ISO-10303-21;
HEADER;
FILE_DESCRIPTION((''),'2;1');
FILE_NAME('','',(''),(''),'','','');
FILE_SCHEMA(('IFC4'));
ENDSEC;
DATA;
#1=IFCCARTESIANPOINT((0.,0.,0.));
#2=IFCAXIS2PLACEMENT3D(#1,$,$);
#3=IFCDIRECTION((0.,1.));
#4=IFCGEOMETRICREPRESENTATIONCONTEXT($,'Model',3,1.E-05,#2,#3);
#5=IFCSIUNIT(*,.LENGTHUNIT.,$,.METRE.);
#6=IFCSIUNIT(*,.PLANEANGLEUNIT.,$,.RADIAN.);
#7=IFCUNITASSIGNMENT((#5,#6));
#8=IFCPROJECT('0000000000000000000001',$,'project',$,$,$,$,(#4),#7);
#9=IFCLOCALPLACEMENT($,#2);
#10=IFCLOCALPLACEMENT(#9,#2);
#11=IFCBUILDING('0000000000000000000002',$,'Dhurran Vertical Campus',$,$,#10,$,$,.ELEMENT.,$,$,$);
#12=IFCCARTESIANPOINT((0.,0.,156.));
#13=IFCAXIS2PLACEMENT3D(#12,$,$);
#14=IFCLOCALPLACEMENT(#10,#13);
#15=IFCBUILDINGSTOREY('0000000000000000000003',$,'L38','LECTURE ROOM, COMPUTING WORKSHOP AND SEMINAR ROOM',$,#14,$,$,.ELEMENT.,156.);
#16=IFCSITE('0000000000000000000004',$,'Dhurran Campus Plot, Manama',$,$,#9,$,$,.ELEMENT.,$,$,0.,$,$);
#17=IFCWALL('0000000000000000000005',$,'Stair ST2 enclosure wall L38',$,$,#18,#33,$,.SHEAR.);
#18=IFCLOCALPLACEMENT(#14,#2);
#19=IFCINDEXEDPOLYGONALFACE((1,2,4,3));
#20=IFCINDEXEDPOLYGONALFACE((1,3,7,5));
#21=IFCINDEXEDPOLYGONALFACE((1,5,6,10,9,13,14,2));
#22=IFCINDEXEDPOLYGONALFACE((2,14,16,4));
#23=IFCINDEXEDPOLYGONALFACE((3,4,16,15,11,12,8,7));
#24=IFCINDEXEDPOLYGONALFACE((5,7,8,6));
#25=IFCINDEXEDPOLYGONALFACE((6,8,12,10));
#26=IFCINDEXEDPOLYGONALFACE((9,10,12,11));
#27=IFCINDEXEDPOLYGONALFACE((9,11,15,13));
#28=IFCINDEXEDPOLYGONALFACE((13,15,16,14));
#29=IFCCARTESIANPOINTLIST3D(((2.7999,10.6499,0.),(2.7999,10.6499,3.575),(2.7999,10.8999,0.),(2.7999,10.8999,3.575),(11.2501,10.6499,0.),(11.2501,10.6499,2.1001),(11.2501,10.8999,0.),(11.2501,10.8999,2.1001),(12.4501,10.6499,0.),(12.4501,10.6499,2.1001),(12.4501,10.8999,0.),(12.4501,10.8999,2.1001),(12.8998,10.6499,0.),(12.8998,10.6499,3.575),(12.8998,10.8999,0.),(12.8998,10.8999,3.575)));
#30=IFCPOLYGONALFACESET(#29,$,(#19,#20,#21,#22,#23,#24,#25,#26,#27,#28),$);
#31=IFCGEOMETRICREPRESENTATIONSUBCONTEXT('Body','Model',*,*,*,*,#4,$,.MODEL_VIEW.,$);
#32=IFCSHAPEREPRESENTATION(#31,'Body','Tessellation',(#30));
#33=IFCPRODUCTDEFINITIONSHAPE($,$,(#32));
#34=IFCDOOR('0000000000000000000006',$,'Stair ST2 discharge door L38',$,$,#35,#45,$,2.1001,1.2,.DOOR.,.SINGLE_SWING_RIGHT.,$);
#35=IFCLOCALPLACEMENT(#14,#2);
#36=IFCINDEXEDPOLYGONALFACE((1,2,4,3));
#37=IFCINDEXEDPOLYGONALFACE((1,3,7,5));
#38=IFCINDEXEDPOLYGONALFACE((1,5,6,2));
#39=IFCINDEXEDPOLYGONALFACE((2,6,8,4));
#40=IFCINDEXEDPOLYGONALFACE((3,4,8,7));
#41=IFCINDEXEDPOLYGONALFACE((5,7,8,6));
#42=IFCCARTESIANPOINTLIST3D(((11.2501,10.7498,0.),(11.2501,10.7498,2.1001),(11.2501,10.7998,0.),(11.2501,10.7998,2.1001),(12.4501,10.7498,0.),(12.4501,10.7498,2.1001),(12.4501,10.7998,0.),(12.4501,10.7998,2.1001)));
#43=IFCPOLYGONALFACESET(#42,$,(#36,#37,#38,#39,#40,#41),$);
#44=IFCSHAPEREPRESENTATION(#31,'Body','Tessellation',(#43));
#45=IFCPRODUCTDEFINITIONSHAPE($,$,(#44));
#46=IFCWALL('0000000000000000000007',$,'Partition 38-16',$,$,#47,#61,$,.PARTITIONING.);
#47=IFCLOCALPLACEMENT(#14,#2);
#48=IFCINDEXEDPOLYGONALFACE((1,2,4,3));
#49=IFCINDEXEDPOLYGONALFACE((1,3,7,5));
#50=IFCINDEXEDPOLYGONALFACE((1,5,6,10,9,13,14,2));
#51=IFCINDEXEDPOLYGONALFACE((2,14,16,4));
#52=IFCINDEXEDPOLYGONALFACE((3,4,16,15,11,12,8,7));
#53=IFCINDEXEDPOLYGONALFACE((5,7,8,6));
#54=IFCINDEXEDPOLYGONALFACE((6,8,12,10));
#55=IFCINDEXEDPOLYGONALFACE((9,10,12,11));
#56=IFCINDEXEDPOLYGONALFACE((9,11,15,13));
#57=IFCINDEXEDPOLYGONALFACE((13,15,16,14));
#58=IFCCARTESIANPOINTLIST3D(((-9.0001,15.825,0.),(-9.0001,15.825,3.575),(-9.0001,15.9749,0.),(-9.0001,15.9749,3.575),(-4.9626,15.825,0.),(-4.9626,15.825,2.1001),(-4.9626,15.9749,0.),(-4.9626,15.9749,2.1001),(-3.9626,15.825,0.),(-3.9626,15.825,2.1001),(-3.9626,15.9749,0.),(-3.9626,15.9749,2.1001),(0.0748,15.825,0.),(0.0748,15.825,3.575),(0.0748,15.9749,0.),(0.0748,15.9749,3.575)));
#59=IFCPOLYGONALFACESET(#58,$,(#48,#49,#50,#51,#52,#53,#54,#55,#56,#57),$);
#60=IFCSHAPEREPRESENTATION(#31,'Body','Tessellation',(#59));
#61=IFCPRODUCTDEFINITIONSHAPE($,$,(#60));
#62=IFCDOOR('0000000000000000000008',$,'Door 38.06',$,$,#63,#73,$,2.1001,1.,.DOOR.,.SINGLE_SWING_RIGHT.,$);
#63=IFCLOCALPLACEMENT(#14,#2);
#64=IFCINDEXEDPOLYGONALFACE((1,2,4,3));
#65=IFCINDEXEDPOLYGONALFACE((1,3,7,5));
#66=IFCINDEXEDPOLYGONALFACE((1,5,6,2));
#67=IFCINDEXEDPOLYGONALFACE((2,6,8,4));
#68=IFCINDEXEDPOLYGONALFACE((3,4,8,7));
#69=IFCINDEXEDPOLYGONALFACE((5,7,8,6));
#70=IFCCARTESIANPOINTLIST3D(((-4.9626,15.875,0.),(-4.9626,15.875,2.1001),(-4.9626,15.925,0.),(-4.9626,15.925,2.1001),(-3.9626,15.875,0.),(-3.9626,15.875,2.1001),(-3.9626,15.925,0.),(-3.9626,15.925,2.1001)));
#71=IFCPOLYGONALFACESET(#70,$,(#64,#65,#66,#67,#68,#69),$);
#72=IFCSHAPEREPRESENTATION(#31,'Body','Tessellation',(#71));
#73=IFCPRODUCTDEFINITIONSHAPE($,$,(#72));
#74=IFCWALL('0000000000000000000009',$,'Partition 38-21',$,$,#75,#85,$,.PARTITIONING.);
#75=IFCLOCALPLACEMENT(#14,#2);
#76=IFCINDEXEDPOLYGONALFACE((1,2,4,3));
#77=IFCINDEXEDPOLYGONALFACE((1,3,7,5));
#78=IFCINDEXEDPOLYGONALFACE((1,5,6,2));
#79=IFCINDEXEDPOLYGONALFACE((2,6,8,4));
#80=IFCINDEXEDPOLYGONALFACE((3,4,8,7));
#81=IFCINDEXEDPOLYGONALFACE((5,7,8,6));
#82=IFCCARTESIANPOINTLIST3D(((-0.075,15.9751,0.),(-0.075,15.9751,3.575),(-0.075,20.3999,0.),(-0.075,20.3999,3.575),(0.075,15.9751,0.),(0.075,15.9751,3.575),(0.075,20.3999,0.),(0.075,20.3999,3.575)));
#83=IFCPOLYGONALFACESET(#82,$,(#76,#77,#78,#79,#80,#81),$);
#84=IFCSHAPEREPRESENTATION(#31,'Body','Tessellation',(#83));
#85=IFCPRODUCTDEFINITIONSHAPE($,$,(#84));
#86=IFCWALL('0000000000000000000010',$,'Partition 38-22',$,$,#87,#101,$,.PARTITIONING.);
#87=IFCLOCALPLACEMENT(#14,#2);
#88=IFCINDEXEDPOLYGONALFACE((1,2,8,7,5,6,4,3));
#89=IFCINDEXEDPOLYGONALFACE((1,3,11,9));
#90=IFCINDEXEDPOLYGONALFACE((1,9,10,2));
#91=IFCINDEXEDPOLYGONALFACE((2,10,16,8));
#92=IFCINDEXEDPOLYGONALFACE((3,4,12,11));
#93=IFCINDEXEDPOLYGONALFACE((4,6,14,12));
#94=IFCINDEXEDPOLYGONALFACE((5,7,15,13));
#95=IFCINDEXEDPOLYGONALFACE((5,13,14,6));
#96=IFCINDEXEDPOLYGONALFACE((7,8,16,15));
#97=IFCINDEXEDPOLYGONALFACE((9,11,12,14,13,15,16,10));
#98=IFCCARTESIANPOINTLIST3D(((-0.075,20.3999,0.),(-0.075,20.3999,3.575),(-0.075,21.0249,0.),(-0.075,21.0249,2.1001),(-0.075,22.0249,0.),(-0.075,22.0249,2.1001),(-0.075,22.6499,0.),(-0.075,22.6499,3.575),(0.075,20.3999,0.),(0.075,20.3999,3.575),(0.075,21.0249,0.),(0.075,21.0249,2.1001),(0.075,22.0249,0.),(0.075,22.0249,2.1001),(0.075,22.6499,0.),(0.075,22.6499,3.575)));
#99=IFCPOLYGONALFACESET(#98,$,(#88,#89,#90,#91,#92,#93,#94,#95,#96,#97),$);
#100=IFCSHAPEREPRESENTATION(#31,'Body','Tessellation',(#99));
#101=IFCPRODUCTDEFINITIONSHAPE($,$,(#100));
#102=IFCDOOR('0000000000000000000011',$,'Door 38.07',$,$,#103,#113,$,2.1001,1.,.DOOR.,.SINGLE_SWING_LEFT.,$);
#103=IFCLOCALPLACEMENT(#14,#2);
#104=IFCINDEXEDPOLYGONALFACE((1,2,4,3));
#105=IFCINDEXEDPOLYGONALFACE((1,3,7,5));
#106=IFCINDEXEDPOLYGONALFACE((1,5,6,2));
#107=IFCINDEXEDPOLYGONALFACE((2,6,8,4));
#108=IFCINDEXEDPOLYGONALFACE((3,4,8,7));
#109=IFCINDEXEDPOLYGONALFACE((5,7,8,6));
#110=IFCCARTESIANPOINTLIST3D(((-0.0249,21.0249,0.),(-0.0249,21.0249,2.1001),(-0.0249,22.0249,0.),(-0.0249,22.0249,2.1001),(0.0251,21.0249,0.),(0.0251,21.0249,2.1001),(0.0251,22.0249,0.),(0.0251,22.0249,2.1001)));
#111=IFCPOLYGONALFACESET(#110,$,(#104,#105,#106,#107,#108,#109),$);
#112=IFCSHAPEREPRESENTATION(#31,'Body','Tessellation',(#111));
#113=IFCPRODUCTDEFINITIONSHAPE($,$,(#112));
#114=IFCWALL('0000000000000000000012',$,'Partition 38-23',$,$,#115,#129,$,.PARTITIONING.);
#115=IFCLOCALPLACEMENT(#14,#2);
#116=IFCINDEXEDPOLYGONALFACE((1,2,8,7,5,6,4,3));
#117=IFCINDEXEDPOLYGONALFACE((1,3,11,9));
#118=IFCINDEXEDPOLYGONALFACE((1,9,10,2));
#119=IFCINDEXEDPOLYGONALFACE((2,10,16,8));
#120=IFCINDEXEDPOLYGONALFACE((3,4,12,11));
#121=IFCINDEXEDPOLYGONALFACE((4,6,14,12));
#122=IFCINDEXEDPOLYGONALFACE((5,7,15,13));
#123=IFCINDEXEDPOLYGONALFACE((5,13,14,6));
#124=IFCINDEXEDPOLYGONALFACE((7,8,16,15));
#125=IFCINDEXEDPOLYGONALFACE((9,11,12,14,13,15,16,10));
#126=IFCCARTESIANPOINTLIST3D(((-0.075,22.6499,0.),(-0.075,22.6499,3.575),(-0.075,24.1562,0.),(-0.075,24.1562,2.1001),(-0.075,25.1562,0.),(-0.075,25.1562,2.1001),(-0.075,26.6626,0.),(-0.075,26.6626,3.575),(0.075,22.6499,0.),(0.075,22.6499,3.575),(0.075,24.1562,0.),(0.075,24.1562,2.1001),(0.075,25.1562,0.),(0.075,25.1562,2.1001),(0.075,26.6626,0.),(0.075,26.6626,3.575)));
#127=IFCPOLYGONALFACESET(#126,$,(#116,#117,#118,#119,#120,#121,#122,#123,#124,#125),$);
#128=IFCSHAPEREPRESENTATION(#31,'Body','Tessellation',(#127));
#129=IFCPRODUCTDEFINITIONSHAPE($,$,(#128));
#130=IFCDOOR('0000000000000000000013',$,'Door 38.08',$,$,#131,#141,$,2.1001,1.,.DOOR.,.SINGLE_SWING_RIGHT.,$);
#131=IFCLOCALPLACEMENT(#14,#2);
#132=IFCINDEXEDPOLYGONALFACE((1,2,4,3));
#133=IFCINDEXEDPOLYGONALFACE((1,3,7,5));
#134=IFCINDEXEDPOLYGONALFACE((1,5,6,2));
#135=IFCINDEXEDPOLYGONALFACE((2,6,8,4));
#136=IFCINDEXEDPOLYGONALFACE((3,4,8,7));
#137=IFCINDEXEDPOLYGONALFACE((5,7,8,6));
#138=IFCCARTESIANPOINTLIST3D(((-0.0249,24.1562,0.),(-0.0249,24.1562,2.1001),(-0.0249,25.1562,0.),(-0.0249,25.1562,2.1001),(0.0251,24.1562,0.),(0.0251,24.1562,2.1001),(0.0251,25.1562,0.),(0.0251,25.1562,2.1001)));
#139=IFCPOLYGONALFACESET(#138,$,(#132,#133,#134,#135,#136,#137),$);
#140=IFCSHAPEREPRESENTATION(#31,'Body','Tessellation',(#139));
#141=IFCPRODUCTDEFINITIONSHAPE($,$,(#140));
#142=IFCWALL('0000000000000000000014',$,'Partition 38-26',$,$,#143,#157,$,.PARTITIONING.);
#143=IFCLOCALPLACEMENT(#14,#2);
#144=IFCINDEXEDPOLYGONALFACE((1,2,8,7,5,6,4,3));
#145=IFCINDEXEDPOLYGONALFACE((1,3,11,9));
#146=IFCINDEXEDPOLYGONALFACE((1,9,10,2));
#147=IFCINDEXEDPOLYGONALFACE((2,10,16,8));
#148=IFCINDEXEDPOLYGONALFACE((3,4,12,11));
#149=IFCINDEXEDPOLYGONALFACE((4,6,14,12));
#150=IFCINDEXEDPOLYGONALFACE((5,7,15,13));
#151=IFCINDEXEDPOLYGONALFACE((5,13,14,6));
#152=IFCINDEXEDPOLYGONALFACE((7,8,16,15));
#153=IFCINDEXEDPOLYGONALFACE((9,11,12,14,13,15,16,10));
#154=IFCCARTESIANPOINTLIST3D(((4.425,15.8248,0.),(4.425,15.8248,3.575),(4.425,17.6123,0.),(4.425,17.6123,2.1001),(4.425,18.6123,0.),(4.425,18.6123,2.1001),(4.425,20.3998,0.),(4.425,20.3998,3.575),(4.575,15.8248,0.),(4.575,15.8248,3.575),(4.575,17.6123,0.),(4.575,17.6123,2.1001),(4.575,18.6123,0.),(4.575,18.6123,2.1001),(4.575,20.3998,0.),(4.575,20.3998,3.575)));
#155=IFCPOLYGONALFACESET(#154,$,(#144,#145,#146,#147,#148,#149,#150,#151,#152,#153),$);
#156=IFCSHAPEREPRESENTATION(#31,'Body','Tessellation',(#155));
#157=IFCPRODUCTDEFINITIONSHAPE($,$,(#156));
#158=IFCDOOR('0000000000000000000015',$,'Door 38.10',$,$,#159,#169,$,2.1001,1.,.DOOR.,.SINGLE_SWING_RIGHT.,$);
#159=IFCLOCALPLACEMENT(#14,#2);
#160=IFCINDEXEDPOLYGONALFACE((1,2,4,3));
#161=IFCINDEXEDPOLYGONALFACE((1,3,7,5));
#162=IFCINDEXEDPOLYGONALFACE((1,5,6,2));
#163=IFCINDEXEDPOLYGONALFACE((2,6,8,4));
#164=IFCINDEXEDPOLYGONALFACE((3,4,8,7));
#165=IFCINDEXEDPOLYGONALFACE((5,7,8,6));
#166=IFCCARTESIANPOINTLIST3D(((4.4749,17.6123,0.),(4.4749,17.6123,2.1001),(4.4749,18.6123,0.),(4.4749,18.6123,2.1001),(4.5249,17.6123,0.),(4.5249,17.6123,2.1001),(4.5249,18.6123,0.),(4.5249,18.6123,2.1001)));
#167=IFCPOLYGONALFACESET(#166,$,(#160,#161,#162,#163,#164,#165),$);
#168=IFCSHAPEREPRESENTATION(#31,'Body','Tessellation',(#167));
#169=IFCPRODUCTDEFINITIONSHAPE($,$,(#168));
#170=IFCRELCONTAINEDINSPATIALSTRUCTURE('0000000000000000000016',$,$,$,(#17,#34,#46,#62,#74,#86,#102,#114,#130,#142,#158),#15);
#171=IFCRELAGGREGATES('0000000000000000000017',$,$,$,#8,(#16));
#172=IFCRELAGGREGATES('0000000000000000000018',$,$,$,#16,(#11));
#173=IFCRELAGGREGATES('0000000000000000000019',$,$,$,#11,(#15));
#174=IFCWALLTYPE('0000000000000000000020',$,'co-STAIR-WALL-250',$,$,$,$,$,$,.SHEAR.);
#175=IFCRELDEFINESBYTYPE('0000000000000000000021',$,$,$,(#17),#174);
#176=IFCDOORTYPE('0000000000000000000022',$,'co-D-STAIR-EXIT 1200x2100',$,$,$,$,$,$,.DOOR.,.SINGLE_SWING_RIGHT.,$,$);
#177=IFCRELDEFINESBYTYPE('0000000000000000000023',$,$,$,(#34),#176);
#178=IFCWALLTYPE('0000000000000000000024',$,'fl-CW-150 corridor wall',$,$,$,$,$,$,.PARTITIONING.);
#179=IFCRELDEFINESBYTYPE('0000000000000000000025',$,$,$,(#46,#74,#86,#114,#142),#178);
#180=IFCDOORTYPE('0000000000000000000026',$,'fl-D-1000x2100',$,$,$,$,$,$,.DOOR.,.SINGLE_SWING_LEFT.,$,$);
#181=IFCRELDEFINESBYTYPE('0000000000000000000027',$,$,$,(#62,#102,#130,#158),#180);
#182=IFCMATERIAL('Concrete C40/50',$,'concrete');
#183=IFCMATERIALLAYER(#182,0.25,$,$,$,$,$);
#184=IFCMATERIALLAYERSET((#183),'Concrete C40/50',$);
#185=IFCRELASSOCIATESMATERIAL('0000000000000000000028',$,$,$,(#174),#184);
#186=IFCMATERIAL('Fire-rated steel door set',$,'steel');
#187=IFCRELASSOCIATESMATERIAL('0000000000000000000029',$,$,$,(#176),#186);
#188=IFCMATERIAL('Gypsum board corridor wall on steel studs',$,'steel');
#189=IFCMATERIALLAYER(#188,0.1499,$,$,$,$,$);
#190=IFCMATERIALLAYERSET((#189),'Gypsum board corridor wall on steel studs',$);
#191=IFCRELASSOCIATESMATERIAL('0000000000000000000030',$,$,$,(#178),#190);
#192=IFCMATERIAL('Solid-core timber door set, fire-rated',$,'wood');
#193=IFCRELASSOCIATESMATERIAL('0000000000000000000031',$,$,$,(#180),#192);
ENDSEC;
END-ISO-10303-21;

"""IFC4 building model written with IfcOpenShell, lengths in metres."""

from ifc_helpers import new_model, si_unit, direction, frame, frame_2d, origin, place, context, subcontext, project, spatial, rectangle, extrude, material, layer, layer_set, type_object, element, fill, save


model = new_model("IFC4")

# Units and contexts
model_context = context("Model", 3, precision=1e-05, world=origin(), true_north=direction((0.0, 1.0)))
body_context = subcontext(model_context, "Body", "Model", "MODEL_VIEW")
ifc_project = project(units=[si_unit("LENGTHUNIT", "METRE"), si_unit("PLANEANGLEUNIT", "RADIAN")], contexts=[model_context])

# Site, building, storey
site_placement = place(None, origin())
site = spatial("IfcSite", under=ifc_project, at=site_placement, Name="Dhurran Campus Plot, Manama", CompositionType="ELEMENT", RefElevation=0.0)
building_placement = place(site_placement, origin())
building = spatial("IfcBuilding", under=site, at=building_placement, Name="Dhurran Vertical Campus", CompositionType="ELEMENT")
storey_placement = place(building_placement, frame((0.0, 0.0, 156.0)))
storey = spatial("IfcBuildingStorey", under=building, at=storey_placement, Name="L38", Description="LECTURE ROOM, COMPUTING WORKSHOP AND SEMINAR ROOM", CompositionType="ELEMENT", Elevation=156.0)

# Walls, openings, doors
ifc_material_1 = material(Name="Concrete C40/50", Category="concrete")
ifc_layer_1 = layer(ifc_material_1, 0.25)
ifc_layer_set_1 = layer_set([ifc_layer_1], Name="Concrete C40/50")
wall_type_1 = type_object("IfcWallType", Name="co-STAIR-WALL-250", PredefinedType="SHEAR", material=ifc_layer_set_1)
wall_1_placement = place(storey_placement, frame((2.8, 10.7749, 0.0), z_axis=(0.0, 0.0, 1.0), x_axis=(1.0, 0.0, 0.0)))
wall_1 = element("IfcWall", 1, at=wall_1_placement, inside=storey, type_object=wall_type_1, Name="Stair ST2 enclosure wall L38", PredefinedType="SHEAR", context=body_context, shape_type="SweptSolid", body=[
    extrude(rectangle(XDim=10.0999, YDim=0.25, at=frame_2d((5.0498, 0.0))), origin(), (0.0, 0.0, 1.0), 3.575),
])
opening_1_placement = place(wall_1_placement, frame((8.45, 0.0, 0.0)))
opening_1 = element("IfcOpeningElement", 2, at=opening_1_placement, cuts=wall_1, PredefinedType="OPENING", context=body_context, shape_type="SweptSolid", body=[
    extrude(rectangle(XDim=1.2, YDim=2.1001, at=frame_2d((0.6001, 1.05))), frame((0.0, 0.135, 0.0), z_axis=(0.0, -1.0, 0.0), x_axis=(1.0, 0.0, 0.0)), (0.0, 0.0, 1.0), 0.27),
])
ifc_material_2 = material(Name="Fire-rated steel door set", Category="steel")
door_type_1 = type_object("IfcDoorType", Name="co-D-STAIR-EXIT 1200x2100", OperationType="SINGLE_SWING_RIGHT", PredefinedType="DOOR", material=ifc_material_2)
door_1_placement = place(opening_1_placement, origin())
door_1 = element("IfcDoor", 3, at=door_1_placement, inside=storey, type_object=door_type_1, Name="Stair ST2 discharge door L38", OperationType="SINGLE_SWING_RIGHT", OverallHeight=2.1001, OverallWidth=1.2, PredefinedType="DOOR", context=body_context, shape_type="SweptSolid", body=[
    extrude(rectangle(XDim=1.2, YDim=2.1001, at=frame_2d((0.6001, 1.05))), frame((0.0, 0.0249, 0.0), z_axis=(0.0, -1.0, 0.0), x_axis=(1.0, 0.0, 0.0)), (0.0, 0.0, 1.0), 0.05),
])
fill(opening_1, door_1)
ifc_material_3 = material(Name="Gypsum board corridor wall on steel studs", Category="steel")
ifc_layer_2 = layer(ifc_material_3, 0.1499)
ifc_layer_set_2 = layer_set([ifc_layer_2], Name="Gypsum board corridor wall on steel studs")
wall_type_2 = type_object("IfcWallType", Name="fl-CW-150 corridor wall", PredefinedType="PARTITIONING", material=ifc_layer_set_2)
wall_2_placement = place(storey_placement, frame((0.075, 15.8999, 0.0), z_axis=(0.0, 0.0, 1.0), x_axis=(-1.0, 0.0, 0.0)))
wall_2 = element("IfcWall", 4, at=wall_2_placement, inside=storey, type_object=wall_type_2, Name="Partition 38-16", PredefinedType="PARTITIONING", context=body_context, shape_type="SweptSolid", body=[
    extrude(rectangle(XDim=9.075, YDim=0.1499, at=frame_2d((4.5376, 0.0))), origin(), (0.0, 0.0, 1.0), 3.575),
])
opening_2_placement = place(wall_2_placement, frame((4.0376, 0.0, 0.0)))
opening_2 = element("IfcOpeningElement", 5, at=opening_2_placement, cuts=wall_2, PredefinedType="OPENING", context=body_context, shape_type="SweptSolid", body=[
    extrude(rectangle(XDim=1.0, YDim=2.1001, at=frame_2d((0.5, 1.05))), frame((0.0, 0.085, 0.0), z_axis=(0.0, -1.0, 0.0), x_axis=(1.0, 0.0, 0.0)), (0.0, 0.0, 1.0), 0.1699),
])
ifc_material_4 = material(Name="Solid-core timber door set, fire-rated", Category="wood")
door_type_2 = type_object("IfcDoorType", Name="fl-D-1000x2100", OperationType="SINGLE_SWING_LEFT", PredefinedType="DOOR", material=ifc_material_4)
door_2_placement = place(opening_2_placement, origin())
door_2 = element("IfcDoor", 6, at=door_2_placement, inside=storey, type_object=door_type_2, Name="Door 38.06", OperationType="SINGLE_SWING_RIGHT", OverallHeight=2.1001, OverallWidth=1.0, PredefinedType="DOOR", context=body_context, shape_type="SweptSolid", body=[
    extrude(rectangle(XDim=1.0, YDim=2.1001, at=frame_2d((0.5, 1.05))), frame((0.0, 0.0249, 0.0), z_axis=(0.0, -1.0, 0.0), x_axis=(1.0, 0.0, 0.0)), (0.0, 0.0, 1.0), 0.05),
])
fill(opening_2, door_2)

# Wall
wall_3_placement = place(storey_placement, frame((0.0, 15.9751, 0.0), z_axis=(0.0, 0.0, 1.0), x_axis=(0.0, 1.0, 0.0)))
element("IfcWall", 7, at=wall_3_placement, inside=storey, type_object=wall_type_2, Name="Partition 38-21", PredefinedType="PARTITIONING", context=body_context, shape_type="SweptSolid", body=[
    extrude(rectangle(XDim=4.4248, YDim=0.1499, at=frame_2d((2.2124, 0.0))), origin(), (0.0, 0.0, 1.0), 3.575),
])

# Walls, openings, doors
wall_4_placement = place(storey_placement, frame((0.0, 20.3999, 0.0), z_axis=(0.0, 0.0, 1.0), x_axis=(0.0, 1.0, 0.0)))
wall_4 = element("IfcWall", 8, at=wall_4_placement, inside=storey, type_object=wall_type_2, Name="Partition 38-22", PredefinedType="PARTITIONING", context=body_context, shape_type="SweptSolid", body=[
    extrude(rectangle(XDim=2.25, YDim=0.1499, at=frame_2d((1.125, 0.0))), origin(), (0.0, 0.0, 1.0), 3.575),
])
opening_3_placement = place(wall_4_placement, frame((0.625, 0.0, 0.0)))
opening_3 = element("IfcOpeningElement", 9, at=opening_3_placement, cuts=wall_4, PredefinedType="OPENING", context=body_context, shape_type="SweptSolid", body=[
    extrude(rectangle(XDim=1.0, YDim=2.1001, at=frame_2d((0.5, 1.05))), frame((0.0, 0.085, 0.0), z_axis=(0.0, -1.0, 0.0), x_axis=(1.0, 0.0, 0.0)), (0.0, 0.0, 1.0), 0.1699),
])
door_3_placement = place(opening_3_placement, origin())
door_3 = element("IfcDoor", 10, at=door_3_placement, inside=storey, type_object=door_type_2, Name="Door 38.07", OperationType="SINGLE_SWING_LEFT", OverallHeight=2.1001, OverallWidth=1.0, PredefinedType="DOOR", context=body_context, shape_type="SweptSolid", body=[
    extrude(rectangle(XDim=1.0, YDim=2.1001, at=frame_2d((0.5, 1.05))), frame((0.0, 0.0249, 0.0), z_axis=(0.0, -1.0, 0.0), x_axis=(1.0, 0.0, 0.0)), (0.0, 0.0, 1.0), 0.05),
])
fill(opening_3, door_3)
wall_5_placement = place(storey_placement, frame((0.0, 22.6499, 0.0), z_axis=(0.0, 0.0, 1.0), x_axis=(0.0, 1.0, 0.0)))
wall_5 = element("IfcWall", 11, at=wall_5_placement, inside=storey, type_object=wall_type_2, Name="Partition 38-23", PredefinedType="PARTITIONING", context=body_context, shape_type="SweptSolid", body=[
    extrude(rectangle(XDim=4.0127, YDim=0.1499, at=frame_2d((2.0063, 0.0))), origin(), (0.0, 0.0, 1.0), 3.575),
])
opening_4_placement = place(wall_5_placement, frame((1.5063, 0.0, 0.0)))
opening_4 = element("IfcOpeningElement", 12, at=opening_4_placement, cuts=wall_5, PredefinedType="OPENING", context=body_context, shape_type="SweptSolid", body=[
    extrude(rectangle(XDim=1.0, YDim=2.1001, at=frame_2d((0.5, 1.05))), frame((0.0, 0.085, 0.0), z_axis=(0.0, -1.0, 0.0), x_axis=(1.0, 0.0, 0.0)), (0.0, 0.0, 1.0), 0.1699),
])
door_4_placement = place(opening_4_placement, origin())
door_4 = element("IfcDoor", 13, at=door_4_placement, inside=storey, type_object=door_type_2, Name="Door 38.08", OperationType="SINGLE_SWING_RIGHT", OverallHeight=2.1001, OverallWidth=1.0, PredefinedType="DOOR", context=body_context, shape_type="SweptSolid", body=[
    extrude(rectangle(XDim=1.0, YDim=2.1001, at=frame_2d((0.5, 1.05))), frame((0.0, 0.0249, 0.0), z_axis=(0.0, -1.0, 0.0), x_axis=(1.0, 0.0, 0.0)), (0.0, 0.0, 1.0), 0.05),
])
fill(opening_4, door_4)
wall_6_placement = place(storey_placement, frame((4.5, 20.3999, 0.0), z_axis=(0.0, 0.0, 1.0), x_axis=(0.0, -1.0, 0.0)))
wall_6 = element("IfcWall", 14, at=wall_6_placement, inside=storey, type_object=wall_type_2, Name="Partition 38-26", PredefinedType="PARTITIONING", context=body_context, shape_type="SweptSolid", body=[
    extrude(rectangle(XDim=4.575, YDim=0.1499, at=frame_2d((2.2876, 0.0))), origin(), (0.0, 0.0, 1.0), 3.575),
])
opening_5_placement = place(wall_6_placement, frame((1.7876, 0.0, 0.0)))
opening_5 = element("IfcOpeningElement", 15, at=opening_5_placement, cuts=wall_6, PredefinedType="OPENING", context=body_context, shape_type="SweptSolid", body=[
    extrude(rectangle(XDim=1.0, YDim=2.1001, at=frame_2d((0.5, 1.05))), frame((0.0, 0.085, 0.0), z_axis=(0.0, -1.0, 0.0), x_axis=(1.0, 0.0, 0.0)), (0.0, 0.0, 1.0), 0.1699),
])
door_5_placement = place(opening_5_placement, origin())
door_5 = element("IfcDoor", 16, at=door_5_placement, inside=storey, type_object=door_type_2, Name="Door 38.10", OperationType="SINGLE_SWING_RIGHT", OverallHeight=2.1001, OverallWidth=1.0, PredefinedType="DOOR", context=body_context, shape_type="SweptSolid", body=[
    extrude(rectangle(XDim=1.0, YDim=2.1001, at=frame_2d((0.5, 1.05))), frame((0.0, 0.0249, 0.0), z_axis=(0.0, -1.0, 0.0), x_axis=(1.0, 0.0, 0.0)), (0.0, 0.0, 1.0), 0.05),
])
fill(opening_5, door_5)

save(model, "model.ifc")
